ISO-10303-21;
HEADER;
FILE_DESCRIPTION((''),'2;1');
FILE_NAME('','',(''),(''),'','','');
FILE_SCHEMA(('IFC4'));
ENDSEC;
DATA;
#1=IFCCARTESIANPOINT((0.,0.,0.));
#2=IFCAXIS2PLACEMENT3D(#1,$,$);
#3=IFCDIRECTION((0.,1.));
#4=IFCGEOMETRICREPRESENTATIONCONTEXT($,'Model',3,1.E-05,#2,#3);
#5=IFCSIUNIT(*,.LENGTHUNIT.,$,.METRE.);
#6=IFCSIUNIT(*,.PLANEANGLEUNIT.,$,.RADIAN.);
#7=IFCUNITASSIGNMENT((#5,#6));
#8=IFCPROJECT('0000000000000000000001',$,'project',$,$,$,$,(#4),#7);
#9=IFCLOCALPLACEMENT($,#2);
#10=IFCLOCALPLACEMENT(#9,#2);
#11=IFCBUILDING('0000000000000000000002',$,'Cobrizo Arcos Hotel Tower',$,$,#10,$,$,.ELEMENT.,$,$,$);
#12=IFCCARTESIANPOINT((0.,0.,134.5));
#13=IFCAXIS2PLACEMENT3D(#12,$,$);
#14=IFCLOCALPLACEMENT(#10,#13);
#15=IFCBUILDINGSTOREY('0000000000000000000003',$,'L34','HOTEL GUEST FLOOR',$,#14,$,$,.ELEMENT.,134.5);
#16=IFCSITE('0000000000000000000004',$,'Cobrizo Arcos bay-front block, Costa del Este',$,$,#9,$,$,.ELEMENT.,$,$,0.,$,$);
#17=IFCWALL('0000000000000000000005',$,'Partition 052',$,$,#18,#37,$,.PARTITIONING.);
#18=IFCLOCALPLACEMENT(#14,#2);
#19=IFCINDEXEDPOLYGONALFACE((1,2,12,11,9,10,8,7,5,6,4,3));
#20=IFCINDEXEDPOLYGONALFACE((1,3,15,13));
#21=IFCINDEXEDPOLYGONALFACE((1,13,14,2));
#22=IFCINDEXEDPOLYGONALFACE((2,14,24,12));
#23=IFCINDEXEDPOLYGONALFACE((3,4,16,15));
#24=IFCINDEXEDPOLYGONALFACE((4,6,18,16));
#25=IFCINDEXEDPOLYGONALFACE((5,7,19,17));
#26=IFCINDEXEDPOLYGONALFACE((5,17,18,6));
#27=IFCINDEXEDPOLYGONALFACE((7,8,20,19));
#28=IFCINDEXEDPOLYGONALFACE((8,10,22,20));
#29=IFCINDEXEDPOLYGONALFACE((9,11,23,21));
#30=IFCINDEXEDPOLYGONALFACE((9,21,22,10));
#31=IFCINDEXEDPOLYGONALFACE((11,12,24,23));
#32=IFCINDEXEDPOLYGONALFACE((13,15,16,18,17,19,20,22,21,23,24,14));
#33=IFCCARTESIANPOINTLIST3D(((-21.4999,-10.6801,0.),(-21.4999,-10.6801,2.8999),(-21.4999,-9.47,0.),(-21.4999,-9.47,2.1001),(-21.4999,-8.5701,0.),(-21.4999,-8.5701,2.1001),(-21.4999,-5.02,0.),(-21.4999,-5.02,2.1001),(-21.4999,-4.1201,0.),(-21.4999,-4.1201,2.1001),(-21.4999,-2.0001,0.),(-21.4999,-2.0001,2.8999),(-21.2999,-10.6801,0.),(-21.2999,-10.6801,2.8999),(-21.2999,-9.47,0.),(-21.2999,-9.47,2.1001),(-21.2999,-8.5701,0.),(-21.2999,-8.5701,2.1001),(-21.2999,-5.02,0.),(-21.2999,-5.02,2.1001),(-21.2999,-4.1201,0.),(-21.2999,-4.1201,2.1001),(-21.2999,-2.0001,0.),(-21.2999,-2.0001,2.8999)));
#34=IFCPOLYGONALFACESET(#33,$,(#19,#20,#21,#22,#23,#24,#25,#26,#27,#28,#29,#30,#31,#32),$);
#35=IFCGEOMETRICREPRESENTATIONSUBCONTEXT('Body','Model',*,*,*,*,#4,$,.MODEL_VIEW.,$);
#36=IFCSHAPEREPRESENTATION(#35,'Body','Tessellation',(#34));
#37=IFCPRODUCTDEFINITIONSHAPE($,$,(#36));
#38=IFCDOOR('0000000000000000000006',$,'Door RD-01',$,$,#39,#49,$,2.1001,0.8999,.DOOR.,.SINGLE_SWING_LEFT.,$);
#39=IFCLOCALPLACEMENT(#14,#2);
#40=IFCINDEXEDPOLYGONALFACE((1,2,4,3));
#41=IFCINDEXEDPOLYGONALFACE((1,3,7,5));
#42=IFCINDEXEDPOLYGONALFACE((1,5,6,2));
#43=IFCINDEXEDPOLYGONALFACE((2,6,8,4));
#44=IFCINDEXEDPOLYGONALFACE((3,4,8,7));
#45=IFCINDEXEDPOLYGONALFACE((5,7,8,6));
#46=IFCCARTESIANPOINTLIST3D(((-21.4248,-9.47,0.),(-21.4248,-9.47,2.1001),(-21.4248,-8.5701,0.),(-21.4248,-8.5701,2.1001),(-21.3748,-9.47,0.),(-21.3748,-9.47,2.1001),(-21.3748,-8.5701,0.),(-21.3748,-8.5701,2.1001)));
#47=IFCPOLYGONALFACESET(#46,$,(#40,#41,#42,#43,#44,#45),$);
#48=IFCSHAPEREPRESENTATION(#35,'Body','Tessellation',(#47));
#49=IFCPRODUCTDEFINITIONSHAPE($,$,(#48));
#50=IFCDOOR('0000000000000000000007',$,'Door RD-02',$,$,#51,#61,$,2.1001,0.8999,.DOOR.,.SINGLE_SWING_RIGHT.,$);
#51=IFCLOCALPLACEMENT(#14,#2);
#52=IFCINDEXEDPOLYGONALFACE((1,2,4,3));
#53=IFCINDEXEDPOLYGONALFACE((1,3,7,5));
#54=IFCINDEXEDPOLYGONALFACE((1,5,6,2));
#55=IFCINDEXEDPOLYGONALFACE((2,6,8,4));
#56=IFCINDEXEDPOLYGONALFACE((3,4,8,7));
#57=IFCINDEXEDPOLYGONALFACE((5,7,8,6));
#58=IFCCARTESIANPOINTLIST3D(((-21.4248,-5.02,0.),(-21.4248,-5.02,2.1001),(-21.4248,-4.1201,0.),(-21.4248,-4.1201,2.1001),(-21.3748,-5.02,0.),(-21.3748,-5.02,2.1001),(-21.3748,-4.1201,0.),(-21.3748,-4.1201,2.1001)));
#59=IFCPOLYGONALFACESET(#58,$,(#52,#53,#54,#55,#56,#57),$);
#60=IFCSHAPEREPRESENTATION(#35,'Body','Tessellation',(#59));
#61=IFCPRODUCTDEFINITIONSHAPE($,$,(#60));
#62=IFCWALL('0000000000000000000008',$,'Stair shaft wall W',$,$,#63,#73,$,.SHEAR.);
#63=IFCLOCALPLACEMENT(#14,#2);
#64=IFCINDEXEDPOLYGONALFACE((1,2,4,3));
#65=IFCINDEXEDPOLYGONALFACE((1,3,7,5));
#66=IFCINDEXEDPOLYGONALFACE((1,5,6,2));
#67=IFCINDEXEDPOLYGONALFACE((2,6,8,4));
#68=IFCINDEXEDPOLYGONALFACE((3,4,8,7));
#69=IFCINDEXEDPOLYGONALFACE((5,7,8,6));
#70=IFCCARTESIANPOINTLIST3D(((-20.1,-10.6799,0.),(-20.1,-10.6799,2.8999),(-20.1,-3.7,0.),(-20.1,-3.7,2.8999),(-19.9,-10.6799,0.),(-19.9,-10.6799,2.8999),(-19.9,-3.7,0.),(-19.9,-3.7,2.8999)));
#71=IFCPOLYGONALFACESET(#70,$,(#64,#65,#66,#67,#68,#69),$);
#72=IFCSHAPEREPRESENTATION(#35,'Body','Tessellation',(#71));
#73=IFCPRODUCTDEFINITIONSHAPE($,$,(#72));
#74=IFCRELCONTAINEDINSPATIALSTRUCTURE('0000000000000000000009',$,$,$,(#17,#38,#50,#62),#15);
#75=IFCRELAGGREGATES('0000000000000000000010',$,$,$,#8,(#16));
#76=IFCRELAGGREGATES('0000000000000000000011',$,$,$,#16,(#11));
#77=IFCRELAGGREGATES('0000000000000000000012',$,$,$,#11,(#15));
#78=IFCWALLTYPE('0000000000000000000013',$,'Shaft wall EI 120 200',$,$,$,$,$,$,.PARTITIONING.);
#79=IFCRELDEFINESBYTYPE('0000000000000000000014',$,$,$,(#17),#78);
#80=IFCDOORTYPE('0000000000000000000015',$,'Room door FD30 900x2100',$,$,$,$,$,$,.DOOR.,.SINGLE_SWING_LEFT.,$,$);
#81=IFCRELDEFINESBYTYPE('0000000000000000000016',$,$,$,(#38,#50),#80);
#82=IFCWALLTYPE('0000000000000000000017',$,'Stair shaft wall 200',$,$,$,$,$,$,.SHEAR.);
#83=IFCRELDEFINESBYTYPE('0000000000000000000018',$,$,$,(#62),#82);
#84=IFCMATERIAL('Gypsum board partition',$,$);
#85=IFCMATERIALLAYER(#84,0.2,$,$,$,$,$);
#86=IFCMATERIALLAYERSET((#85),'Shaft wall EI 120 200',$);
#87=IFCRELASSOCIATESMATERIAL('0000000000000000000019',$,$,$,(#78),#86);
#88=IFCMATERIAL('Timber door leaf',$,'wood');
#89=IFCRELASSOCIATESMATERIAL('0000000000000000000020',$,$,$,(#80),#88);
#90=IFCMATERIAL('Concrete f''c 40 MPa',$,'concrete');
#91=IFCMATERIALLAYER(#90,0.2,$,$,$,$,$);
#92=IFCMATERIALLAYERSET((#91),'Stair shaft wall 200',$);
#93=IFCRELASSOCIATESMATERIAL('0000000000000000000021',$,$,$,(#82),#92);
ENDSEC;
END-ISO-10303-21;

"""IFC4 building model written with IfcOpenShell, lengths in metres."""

from ifc_helpers import new_model, si_unit, direction, frame, frame_2d, origin, place, context, subcontext, project, spatial, rectangle, extrude, material, layer, layer_set, type_object, element, fill, save


model = new_model("IFC4")

# Units and contexts
model_context = context("Model", 3, precision=1e-05, world=origin(), true_north=direction((0.0, 1.0)))
body_context = subcontext(model_context, "Body", "Model", "MODEL_VIEW")
ifc_project = project(units=[si_unit("LENGTHUNIT", "METRE"), si_unit("PLANEANGLEUNIT", "RADIAN")], contexts=[model_context])

# Site, building, storey
site_placement = place(None, origin())
site = spatial("IfcSite", under=ifc_project, at=site_placement, Name="Cobrizo Arcos bay-front block, Costa del Este", CompositionType="ELEMENT", RefElevation=0.0)
building_placement = place(site_placement, origin())
building = spatial("IfcBuilding", under=site, at=building_placement, Name="Cobrizo Arcos Hotel Tower", CompositionType="ELEMENT")
storey_placement = place(building_placement, frame((0.0, 0.0, 134.5)))
storey = spatial("IfcBuildingStorey", under=building, at=storey_placement, Name="L34", Description="HOTEL GUEST FLOOR", CompositionType="ELEMENT", Elevation=134.5)

# Shared definitions
ifc_material_1 = material(Name="Gypsum board partition")

# Wall, openings, doors
ifc_layer_1 = layer(ifc_material_1, 0.2)
ifc_layer_set_1 = layer_set([ifc_layer_1], Name="Shaft wall EI 120 200")
wall_type_1 = type_object("IfcWallType", Name="Shaft wall EI 120 200", PredefinedType="PARTITIONING", material=ifc_layer_set_1)
wall_1_placement = place(storey_placement, frame((-21.3999, -10.6799, 0.0), z_axis=(0.0, 0.0, 1.0), x_axis=(0.0, 1.0, 0.0)))
wall_1 = element("IfcWall", 1, at=wall_1_placement, inside=storey, type_object=wall_type_1, Name="Partition 052", PredefinedType="PARTITIONING", context=body_context, shape_type="SweptSolid", body=[
    extrude(rectangle(XDim=8.6799, YDim=0.2, at=frame_2d((4.3398, 0.0))), origin(), (0.0, 0.0, 1.0), 2.8999),
])
opening_1_placement = place(wall_1_placement, frame((1.21, 0.0, 0.0)))
opening_1 = element("IfcOpeningElement", 2, at=opening_1_placement, cuts=wall_1, PredefinedType="OPENING", context=body_context, shape_type="SweptSolid", body=[
    extrude(rectangle(XDim=0.8999, YDim=2.1001, at=frame_2d((0.45, 1.05))), frame((0.0, 0.1121, 0.0), z_axis=(0.0, -1.0, 0.0), x_axis=(1.0, 0.0, 0.0)), (0.0, 0.0, 1.0), 0.2239),
])
opening_2_placement = place(wall_1_placement, frame((5.6599, 0.0, 0.0)))
opening_2 = element("IfcOpeningElement", 3, at=opening_2_placement, cuts=wall_1, PredefinedType="OPENING", context=body_context, shape_type="SweptSolid", body=[
    extrude(rectangle(XDim=0.8999, YDim=2.1001, at=frame_2d((0.45, 1.05))), frame((0.0, 0.1121, 0.0), z_axis=(0.0, -1.0, 0.0), x_axis=(1.0, 0.0, 0.0)), (0.0, 0.0, 1.0), 0.2239),
])
ifc_material_2 = material(Name="Timber door leaf", Category="wood")
door_type_1 = type_object("IfcDoorType", Name="Room door FD30 900x2100", OperationType="SINGLE_SWING_LEFT", PredefinedType="DOOR", material=ifc_material_2)
door_1_placement = place(opening_1_placement, origin())
door_1 = element("IfcDoor", 4, at=door_1_placement, inside=storey, type_object=door_type_1, Name="Door RD-01", OperationType="SINGLE_SWING_LEFT", OverallHeight=2.1001, OverallWidth=0.8999, PredefinedType="DOOR", context=body_context, shape_type="SweptSolid", body=[
    extrude(rectangle(XDim=0.8999, YDim=2.1001, at=frame_2d((0.45, 1.05))), frame((0.0, 0.0249, 0.0), z_axis=(0.0, -1.0, 0.0), x_axis=(1.0, 0.0, 0.0)), (0.0, 0.0, 1.0), 0.05),
])
fill(opening_1, door_1)
door_2_placement = place(opening_2_placement, origin())
door_2 = element("IfcDoor", 5, at=door_2_placement, inside=storey, type_object=door_type_1, Name="Door RD-02", OperationType="SINGLE_SWING_RIGHT", OverallHeight=2.1001, OverallWidth=0.8999, PredefinedType="DOOR", context=body_context, shape_type="SweptSolid", body=[
    extrude(rectangle(XDim=0.8999, YDim=2.1001, at=frame_2d((0.45, 1.05))), frame((0.0, 0.0249, 0.0), z_axis=(0.0, -1.0, 0.0), x_axis=(1.0, 0.0, 0.0)), (0.0, 0.0, 1.0), 0.05),
])
fill(opening_2, door_2)

# Wall
ifc_material_3 = material(Name="Concrete f'c 40 MPa", Category="concrete")
ifc_layer_2 = layer(ifc_material_3, 0.2)
ifc_layer_set_2 = layer_set([ifc_layer_2], Name="Stair shaft wall 200")
wall_type_2 = type_object("IfcWallType", Name="Stair shaft wall 200", PredefinedType="SHEAR", material=ifc_layer_set_2)
wall_2_placement = place(storey_placement, frame((-20.0, -10.6799, 0.0), z_axis=(0.0, 0.0, 1.0), x_axis=(0.0, 1.0, 0.0)))
element("IfcWall", 6, at=wall_2_placement, inside=storey, type_object=wall_type_2, Name="Stair shaft wall W", PredefinedType="SHEAR", context=body_context, shape_type="SweptSolid", body=[
    extrude(rectangle(XDim=6.98, YDim=0.2, at=frame_2d((3.49, 0.0))), origin(), (0.0, 0.0, 1.0), 2.8999),
])

save(model, "model.ifc")
